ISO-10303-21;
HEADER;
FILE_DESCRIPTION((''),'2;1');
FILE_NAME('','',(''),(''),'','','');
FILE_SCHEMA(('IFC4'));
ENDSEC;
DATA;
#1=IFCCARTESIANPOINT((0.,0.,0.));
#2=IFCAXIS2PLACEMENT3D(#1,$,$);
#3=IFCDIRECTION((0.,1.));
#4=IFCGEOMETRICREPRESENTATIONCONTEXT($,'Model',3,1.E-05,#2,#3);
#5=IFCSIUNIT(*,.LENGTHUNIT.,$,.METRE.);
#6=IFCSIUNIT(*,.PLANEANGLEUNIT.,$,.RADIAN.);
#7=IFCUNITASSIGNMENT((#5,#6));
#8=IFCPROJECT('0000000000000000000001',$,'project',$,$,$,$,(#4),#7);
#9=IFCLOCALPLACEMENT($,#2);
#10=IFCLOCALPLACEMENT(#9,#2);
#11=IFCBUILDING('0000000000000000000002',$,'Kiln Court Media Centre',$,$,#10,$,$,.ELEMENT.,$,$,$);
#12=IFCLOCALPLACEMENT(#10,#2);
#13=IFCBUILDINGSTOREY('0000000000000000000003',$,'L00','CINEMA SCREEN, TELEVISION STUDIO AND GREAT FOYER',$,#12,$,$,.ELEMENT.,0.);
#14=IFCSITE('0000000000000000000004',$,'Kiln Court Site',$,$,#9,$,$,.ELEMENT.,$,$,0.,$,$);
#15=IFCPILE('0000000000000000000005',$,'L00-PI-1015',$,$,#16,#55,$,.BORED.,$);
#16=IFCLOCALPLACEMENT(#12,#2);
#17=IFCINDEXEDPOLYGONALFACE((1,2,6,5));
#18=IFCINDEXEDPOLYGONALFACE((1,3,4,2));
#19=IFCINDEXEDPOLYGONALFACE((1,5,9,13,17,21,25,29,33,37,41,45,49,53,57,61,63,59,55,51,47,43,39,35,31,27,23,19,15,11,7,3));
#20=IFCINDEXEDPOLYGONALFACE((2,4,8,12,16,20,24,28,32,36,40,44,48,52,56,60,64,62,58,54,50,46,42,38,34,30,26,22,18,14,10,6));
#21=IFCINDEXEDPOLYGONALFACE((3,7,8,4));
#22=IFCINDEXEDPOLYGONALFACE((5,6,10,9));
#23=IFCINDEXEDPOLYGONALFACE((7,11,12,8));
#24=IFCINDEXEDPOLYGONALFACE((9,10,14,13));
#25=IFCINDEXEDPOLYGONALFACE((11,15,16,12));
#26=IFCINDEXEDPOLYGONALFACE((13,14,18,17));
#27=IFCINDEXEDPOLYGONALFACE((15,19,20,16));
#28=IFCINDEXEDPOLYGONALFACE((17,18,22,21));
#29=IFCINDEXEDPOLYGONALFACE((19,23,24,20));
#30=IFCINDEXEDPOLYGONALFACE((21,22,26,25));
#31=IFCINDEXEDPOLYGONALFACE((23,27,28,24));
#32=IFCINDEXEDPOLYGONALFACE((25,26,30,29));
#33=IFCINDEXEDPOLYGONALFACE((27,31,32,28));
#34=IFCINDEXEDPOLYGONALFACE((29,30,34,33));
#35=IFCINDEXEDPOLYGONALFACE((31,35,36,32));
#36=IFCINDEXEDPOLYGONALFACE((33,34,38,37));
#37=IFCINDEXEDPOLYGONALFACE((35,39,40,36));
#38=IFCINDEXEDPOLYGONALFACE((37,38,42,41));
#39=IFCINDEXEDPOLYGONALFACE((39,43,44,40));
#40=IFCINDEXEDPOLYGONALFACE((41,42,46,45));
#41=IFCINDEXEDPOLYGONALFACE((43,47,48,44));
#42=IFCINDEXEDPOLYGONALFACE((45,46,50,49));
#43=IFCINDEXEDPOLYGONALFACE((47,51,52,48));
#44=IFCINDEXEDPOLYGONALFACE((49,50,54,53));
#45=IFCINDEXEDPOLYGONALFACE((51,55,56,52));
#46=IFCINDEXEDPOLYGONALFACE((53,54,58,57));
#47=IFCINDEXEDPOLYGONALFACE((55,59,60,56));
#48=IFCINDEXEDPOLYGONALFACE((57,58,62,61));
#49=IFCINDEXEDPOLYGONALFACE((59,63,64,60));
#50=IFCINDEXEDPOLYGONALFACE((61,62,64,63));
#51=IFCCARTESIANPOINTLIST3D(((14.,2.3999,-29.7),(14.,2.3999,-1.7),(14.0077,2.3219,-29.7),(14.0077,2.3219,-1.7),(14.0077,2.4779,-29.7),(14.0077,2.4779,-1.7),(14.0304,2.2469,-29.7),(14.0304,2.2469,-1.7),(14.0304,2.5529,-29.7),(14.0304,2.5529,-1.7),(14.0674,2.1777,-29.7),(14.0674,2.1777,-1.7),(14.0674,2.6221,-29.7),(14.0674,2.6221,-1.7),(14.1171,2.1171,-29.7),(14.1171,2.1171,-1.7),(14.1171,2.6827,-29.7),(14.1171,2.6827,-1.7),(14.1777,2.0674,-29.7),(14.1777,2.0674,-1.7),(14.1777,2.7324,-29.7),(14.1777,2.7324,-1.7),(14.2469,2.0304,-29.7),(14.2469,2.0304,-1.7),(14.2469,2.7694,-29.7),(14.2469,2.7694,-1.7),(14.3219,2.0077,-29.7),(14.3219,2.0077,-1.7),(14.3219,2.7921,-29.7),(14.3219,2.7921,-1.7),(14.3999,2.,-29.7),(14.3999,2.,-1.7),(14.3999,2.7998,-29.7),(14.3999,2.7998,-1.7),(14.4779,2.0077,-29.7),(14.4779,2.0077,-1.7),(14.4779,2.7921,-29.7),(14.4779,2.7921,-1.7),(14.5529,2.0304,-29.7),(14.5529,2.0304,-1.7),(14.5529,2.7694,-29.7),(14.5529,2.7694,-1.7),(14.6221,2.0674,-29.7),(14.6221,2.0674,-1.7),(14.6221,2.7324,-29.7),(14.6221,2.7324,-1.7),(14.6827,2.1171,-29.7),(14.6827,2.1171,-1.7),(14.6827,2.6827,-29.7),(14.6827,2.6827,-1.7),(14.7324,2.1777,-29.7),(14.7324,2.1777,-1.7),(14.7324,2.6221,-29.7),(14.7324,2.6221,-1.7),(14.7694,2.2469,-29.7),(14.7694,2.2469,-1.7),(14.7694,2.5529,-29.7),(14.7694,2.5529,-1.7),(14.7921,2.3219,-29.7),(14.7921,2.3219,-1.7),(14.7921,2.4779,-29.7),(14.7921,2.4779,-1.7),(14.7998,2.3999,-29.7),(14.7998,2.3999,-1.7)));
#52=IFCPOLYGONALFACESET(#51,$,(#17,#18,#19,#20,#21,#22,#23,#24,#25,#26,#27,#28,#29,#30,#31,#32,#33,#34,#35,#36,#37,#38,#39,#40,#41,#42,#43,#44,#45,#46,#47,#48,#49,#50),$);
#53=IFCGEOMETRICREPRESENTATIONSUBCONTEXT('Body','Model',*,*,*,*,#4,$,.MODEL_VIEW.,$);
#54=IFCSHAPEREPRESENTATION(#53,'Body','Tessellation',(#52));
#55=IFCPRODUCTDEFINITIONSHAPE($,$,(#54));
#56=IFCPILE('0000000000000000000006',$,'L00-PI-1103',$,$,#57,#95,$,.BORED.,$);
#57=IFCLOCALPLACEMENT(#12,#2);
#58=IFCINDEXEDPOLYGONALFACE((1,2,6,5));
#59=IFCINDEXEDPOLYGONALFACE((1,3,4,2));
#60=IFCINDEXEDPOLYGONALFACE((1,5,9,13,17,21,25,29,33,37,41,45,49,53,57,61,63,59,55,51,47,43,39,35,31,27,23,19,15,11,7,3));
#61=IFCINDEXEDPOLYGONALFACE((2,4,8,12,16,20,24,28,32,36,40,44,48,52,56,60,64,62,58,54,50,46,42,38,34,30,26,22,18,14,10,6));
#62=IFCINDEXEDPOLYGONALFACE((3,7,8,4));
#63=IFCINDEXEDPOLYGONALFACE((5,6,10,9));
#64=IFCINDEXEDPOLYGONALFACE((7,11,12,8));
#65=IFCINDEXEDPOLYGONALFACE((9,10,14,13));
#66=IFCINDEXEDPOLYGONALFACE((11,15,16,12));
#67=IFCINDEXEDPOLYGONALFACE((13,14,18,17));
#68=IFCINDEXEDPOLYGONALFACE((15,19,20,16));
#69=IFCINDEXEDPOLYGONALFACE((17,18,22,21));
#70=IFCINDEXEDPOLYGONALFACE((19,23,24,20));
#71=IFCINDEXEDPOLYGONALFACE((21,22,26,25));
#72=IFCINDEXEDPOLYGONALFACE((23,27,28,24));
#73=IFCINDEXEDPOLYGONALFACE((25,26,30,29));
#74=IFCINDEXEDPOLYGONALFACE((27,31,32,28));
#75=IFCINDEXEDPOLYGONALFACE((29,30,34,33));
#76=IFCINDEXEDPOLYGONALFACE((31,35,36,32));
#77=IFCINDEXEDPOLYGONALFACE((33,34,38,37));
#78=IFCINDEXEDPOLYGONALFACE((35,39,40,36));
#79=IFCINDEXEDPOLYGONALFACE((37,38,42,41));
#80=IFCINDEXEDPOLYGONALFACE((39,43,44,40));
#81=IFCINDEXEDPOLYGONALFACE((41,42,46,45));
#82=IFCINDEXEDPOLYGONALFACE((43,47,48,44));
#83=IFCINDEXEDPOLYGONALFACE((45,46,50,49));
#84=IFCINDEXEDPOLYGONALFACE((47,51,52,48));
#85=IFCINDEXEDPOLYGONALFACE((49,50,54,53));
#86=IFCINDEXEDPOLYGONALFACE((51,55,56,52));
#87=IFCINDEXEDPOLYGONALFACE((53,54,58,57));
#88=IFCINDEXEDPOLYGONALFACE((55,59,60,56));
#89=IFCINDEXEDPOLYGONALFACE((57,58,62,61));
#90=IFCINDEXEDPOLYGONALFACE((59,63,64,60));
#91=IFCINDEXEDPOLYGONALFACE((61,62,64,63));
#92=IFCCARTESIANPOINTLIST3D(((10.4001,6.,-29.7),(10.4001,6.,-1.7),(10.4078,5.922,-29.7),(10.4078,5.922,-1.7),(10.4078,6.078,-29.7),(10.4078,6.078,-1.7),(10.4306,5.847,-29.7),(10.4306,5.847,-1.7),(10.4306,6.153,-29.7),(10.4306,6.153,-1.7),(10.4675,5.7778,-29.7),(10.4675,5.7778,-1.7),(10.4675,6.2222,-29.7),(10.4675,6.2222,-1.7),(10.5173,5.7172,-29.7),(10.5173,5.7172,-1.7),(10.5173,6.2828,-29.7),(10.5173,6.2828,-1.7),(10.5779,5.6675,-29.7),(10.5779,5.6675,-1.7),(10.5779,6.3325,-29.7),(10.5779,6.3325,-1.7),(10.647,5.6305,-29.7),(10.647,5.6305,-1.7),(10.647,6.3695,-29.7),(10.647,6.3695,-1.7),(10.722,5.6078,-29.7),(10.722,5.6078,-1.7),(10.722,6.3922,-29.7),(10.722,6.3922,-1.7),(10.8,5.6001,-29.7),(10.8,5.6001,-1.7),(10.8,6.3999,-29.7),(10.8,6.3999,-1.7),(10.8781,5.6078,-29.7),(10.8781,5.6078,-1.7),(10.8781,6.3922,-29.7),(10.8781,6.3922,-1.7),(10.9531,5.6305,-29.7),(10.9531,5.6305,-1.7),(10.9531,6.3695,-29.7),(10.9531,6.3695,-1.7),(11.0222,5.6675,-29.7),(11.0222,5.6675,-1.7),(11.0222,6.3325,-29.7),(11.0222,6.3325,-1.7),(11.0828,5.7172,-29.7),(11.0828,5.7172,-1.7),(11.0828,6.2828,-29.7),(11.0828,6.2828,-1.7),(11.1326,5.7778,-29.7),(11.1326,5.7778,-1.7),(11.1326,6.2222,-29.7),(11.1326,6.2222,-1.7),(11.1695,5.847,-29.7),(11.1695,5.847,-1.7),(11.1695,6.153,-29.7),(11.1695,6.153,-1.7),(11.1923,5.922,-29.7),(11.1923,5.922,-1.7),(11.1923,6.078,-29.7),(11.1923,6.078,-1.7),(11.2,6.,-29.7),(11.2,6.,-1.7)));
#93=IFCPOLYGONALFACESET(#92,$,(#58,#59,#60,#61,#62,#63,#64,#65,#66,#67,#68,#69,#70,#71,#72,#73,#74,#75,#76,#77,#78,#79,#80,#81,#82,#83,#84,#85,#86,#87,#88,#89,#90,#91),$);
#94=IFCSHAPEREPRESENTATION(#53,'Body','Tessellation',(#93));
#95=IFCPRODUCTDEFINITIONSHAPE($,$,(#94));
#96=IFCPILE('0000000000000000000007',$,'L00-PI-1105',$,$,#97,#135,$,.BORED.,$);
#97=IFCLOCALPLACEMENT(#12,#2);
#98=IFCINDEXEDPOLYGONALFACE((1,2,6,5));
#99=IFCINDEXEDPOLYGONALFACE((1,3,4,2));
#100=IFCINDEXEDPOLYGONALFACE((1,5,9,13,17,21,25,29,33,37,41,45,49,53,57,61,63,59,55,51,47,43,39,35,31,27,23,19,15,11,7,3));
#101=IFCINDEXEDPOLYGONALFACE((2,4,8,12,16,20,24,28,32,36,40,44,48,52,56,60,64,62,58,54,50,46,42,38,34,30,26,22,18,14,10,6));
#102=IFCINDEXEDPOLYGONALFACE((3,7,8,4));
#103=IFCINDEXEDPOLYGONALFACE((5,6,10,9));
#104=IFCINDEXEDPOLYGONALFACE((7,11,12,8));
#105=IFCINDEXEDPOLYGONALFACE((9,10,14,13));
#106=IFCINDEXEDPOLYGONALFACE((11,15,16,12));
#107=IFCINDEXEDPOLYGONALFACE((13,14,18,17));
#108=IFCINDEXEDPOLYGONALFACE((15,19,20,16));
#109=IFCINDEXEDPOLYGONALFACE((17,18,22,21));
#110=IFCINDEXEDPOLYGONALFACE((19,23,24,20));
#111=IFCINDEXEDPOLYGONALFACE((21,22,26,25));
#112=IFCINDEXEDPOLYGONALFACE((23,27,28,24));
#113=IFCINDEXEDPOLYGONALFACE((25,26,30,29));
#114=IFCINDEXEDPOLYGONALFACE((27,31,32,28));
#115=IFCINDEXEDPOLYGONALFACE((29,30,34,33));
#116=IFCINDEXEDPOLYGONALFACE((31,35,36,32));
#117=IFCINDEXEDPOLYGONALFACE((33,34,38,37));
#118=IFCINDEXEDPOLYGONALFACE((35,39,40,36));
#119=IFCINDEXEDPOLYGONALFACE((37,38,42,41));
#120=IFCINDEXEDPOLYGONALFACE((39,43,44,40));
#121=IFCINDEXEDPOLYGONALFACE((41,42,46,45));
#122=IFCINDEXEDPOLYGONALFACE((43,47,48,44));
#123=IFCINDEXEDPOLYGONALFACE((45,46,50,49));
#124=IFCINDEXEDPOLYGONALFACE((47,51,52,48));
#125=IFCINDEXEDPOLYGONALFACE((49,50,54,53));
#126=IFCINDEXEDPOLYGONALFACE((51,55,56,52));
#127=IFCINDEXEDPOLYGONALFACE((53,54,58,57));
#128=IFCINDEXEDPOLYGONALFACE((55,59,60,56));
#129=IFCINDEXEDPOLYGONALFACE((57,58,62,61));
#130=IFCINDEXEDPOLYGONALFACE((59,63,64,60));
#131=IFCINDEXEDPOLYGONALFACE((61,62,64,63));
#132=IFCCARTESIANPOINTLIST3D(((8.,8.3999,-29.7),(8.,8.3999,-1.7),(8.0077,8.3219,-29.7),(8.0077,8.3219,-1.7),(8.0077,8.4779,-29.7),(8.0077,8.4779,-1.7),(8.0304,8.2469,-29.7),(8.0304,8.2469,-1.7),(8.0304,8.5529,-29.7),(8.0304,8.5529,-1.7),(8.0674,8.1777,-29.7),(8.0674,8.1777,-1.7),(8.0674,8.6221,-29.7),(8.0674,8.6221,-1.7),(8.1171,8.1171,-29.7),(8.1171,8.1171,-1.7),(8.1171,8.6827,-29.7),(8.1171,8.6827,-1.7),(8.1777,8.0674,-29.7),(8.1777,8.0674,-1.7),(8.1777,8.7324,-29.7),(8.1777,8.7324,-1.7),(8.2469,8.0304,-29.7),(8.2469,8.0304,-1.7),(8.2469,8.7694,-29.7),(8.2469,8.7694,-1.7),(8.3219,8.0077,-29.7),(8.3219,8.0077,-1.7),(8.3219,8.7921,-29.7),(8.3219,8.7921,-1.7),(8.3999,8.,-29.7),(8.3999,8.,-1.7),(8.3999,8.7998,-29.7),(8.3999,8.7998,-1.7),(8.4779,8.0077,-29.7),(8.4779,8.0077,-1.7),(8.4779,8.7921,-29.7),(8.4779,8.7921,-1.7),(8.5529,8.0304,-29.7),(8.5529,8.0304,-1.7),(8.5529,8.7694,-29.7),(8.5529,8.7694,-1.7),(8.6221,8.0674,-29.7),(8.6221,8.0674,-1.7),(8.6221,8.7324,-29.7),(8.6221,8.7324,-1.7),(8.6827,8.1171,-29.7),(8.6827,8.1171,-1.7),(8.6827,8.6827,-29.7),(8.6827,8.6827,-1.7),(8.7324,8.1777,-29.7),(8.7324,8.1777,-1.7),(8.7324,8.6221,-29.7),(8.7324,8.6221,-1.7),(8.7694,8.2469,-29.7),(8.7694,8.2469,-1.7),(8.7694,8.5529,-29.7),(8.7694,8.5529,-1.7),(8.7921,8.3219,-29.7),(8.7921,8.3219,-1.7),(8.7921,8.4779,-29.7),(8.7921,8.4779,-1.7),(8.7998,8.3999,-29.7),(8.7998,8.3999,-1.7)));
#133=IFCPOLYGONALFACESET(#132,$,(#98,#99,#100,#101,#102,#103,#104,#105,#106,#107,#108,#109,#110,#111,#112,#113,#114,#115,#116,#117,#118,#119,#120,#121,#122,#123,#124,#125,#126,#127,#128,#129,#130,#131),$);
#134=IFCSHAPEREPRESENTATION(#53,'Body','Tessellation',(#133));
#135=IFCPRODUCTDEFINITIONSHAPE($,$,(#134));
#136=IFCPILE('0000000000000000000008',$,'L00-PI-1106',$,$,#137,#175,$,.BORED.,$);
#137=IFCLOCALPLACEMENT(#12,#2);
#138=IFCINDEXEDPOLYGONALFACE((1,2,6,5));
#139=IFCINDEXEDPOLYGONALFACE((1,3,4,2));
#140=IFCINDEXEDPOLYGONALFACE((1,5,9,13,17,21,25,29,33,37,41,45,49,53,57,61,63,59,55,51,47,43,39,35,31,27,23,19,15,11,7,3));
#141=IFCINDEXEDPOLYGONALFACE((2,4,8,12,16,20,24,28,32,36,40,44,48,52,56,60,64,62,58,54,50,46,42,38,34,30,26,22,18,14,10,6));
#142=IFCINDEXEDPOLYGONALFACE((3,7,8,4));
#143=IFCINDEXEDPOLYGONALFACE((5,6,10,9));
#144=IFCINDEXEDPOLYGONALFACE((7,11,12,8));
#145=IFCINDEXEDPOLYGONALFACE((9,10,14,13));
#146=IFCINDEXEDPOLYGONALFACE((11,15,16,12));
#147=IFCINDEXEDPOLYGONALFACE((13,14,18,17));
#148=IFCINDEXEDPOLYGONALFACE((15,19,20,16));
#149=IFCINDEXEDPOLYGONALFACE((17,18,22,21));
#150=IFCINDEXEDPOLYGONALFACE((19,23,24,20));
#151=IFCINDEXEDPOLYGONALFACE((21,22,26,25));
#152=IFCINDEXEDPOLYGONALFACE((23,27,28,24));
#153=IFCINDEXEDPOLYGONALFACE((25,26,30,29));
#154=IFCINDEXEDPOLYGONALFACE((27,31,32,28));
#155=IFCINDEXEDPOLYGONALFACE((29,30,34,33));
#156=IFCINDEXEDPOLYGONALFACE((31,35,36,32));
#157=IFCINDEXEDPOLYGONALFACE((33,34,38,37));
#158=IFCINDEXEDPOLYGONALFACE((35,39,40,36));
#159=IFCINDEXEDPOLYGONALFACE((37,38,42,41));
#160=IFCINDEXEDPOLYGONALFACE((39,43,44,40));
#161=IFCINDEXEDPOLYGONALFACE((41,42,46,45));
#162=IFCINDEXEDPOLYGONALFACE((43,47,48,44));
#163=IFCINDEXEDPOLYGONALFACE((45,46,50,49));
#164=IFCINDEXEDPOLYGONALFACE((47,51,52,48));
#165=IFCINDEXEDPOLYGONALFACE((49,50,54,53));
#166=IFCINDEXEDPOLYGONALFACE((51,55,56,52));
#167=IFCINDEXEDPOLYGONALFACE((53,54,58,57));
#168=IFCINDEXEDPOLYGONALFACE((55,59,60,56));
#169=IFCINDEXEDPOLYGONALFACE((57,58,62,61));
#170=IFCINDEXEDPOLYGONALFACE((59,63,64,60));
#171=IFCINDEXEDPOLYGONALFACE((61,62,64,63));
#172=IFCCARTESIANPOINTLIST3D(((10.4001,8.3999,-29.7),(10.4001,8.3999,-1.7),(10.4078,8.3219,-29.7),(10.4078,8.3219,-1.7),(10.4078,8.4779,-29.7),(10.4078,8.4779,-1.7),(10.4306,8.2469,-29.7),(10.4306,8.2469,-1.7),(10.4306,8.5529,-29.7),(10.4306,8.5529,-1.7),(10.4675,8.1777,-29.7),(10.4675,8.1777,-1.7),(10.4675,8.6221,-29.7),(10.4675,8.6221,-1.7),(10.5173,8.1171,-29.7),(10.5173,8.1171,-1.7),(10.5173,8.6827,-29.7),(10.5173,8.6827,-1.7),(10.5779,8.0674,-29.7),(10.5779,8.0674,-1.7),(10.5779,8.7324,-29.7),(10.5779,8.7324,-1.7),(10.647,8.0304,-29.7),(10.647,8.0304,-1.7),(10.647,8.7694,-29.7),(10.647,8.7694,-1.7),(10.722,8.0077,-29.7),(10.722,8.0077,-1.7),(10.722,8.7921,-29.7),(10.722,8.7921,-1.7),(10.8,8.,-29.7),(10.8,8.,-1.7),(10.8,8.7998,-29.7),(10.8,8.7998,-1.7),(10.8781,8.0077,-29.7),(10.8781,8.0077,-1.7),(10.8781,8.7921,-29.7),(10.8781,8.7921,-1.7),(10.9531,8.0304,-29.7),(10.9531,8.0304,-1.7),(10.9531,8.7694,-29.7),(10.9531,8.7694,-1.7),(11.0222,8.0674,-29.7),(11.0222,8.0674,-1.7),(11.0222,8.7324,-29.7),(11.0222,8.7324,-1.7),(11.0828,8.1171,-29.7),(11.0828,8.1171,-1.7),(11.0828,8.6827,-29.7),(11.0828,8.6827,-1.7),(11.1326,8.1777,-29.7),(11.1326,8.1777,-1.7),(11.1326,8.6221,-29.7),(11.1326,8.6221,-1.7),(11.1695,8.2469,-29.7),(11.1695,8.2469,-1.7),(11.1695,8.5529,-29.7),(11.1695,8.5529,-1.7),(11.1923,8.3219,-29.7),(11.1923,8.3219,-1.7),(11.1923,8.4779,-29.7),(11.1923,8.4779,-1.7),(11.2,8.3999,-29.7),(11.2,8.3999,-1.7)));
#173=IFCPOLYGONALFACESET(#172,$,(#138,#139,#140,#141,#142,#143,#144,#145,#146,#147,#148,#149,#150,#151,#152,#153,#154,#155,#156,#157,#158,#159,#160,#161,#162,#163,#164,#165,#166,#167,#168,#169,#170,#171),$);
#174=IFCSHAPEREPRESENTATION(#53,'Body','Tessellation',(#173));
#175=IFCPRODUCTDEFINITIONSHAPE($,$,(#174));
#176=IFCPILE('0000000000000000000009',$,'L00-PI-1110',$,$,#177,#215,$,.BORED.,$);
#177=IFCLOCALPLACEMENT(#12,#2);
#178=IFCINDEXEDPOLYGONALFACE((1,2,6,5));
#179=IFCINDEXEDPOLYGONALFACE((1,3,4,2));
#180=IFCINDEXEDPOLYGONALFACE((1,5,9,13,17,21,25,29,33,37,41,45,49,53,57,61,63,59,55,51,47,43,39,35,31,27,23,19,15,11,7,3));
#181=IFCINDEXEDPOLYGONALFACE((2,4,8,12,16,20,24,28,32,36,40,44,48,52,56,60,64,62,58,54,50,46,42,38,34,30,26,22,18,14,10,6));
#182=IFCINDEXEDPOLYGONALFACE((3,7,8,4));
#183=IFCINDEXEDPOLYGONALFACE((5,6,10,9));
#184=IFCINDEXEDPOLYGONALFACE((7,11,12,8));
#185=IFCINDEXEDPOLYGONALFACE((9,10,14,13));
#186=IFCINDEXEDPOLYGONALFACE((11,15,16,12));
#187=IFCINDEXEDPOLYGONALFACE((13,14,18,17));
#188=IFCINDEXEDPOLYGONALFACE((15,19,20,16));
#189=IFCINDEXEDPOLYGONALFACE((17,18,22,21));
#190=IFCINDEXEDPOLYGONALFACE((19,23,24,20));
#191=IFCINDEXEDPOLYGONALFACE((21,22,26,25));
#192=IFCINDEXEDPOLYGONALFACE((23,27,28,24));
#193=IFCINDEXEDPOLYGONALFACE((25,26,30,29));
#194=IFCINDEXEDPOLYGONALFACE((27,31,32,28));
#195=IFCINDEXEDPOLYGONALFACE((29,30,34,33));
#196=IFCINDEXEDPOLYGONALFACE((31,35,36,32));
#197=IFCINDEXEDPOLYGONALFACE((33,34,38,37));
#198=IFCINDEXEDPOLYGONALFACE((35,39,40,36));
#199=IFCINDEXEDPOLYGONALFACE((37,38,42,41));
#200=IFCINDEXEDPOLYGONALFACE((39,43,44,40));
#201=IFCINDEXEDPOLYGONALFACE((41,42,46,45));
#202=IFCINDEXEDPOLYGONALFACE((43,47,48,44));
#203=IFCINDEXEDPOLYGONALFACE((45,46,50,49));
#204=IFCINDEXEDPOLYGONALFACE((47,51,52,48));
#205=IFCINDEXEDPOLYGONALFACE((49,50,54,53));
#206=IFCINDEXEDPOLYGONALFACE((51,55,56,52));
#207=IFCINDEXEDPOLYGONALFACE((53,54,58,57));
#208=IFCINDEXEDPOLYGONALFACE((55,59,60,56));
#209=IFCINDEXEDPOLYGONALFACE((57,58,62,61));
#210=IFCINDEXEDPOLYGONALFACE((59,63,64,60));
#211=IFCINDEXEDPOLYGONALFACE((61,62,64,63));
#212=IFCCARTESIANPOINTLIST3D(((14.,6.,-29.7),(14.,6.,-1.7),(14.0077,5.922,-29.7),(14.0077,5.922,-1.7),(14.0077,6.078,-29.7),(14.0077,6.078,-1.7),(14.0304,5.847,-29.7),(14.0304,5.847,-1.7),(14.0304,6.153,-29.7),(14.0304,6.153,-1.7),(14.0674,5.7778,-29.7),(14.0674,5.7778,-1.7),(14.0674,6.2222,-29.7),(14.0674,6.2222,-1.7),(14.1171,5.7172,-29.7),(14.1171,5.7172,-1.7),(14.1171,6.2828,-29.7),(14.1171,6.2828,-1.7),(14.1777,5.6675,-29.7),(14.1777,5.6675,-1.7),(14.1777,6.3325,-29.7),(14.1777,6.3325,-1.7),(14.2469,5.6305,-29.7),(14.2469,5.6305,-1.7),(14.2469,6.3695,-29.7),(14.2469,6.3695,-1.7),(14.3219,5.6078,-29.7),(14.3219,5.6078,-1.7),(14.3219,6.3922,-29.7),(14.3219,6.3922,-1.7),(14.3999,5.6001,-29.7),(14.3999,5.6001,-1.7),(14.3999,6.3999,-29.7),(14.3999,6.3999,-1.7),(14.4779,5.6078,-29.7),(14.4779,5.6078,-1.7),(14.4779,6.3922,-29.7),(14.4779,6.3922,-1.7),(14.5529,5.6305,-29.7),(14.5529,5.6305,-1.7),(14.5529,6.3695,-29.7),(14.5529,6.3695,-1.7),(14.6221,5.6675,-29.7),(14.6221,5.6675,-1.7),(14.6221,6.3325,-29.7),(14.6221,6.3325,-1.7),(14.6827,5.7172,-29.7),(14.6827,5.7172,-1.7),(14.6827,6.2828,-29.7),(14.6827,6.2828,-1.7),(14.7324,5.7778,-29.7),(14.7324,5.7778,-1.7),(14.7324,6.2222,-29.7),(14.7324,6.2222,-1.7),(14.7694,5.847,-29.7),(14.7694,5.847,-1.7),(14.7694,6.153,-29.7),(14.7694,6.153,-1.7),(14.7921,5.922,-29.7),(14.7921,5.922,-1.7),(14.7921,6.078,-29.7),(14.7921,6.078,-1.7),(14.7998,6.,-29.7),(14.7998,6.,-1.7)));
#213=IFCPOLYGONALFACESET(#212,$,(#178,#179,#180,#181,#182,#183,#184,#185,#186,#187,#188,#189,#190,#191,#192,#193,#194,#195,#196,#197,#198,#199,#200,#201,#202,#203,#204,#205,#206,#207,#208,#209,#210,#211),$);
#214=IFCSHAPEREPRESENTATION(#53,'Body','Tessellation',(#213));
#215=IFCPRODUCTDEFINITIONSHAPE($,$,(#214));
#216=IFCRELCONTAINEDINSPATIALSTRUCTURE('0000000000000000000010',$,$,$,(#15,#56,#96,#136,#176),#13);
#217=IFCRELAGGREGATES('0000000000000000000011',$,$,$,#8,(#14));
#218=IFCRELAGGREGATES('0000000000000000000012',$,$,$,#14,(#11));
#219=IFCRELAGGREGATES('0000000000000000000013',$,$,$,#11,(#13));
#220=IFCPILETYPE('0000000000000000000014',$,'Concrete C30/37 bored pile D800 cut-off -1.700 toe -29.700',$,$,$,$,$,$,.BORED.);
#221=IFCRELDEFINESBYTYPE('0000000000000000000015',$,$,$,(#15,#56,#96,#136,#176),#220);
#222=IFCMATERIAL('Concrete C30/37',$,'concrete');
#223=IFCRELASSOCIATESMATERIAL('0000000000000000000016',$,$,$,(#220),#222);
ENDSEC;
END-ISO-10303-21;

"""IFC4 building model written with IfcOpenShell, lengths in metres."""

from ifc_helpers import new_model, si_unit, direction, frame, origin, origin_2d, place, context, subcontext, project, spatial, circle, extrude, material, material_profile, profile_set, type_object, element, save


model = new_model("IFC4")

# Units and contexts
model_context = context("Model", 3, precision=1e-05, world=origin(), true_north=direction((0.0, 1.0)))
body_context = subcontext(model_context, "Body", "Model", "MODEL_VIEW")
ifc_project = project(units=[si_unit("LENGTHUNIT", "METRE"), si_unit("PLANEANGLEUNIT", "RADIAN")], contexts=[model_context])

# Site, building, storey
site_placement = place(None, origin())
site = spatial("IfcSite", under=ifc_project, at=site_placement, Name="Kiln Court Site", CompositionType="ELEMENT", RefElevation=0.0)
building_placement = place(site_placement, origin())
building = spatial("IfcBuilding", under=site, at=building_placement, Name="Kiln Court Media Centre", CompositionType="ELEMENT")
storey_placement = place(building_placement, origin())
storey = spatial("IfcBuildingStorey", under=building, at=storey_placement, Name="L00", Description="CINEMA SCREEN, TELEVISION STUDIO AND GREAT FOYER", CompositionType="ELEMENT", Elevation=0.0)

# Piles
ifc_material_1 = material(Name="Concrete C30/37", Category="concrete")
ifc_material_profile_1 = material_profile(ifc_material_1, circle(Radius=0.3999, at=origin_2d()), Name="PILE D800")
ifc_profile_set_1 = profile_set([ifc_material_profile_1], Name="Concrete C30/37")
pile_type = type_object("IfcPileType", Name="Concrete C30/37 bored pile D800 cut-off -1.700 toe -29.700", PredefinedType="BORED", material=ifc_profile_set_1)
for number, where, z_axis, x_axis, name in (
    (1, (14.3999, 2.3999, -1.7), (0.0, 0.0, -1.0), (1.0, 0.0, 0.0), "L00-PI-1015"),
    (2, (10.8, 6.0, -1.7), (0.0, 0.0, -1.0), (1.0, 0.0, 0.0), "L00-PI-1103"),
    (3, (8.3999, 8.3999, -1.7), (0.0, 0.0, -1.0), (1.0, 0.0, 0.0), "L00-PI-1105"),
    (4, (10.8, 8.3999, -1.7), (0.0, 0.0, -1.0), (1.0, 0.0, 0.0), "L00-PI-1106"),
    (5, (14.3999, 6.0, -1.7), (0.0, 0.0, -1.0), (1.0, 0.0, 0.0), "L00-PI-1110"),
):
    element("IfcPile", number, at=place(storey_placement, frame(where, z_axis=z_axis, x_axis=x_axis)), inside=storey, type_object=pile_type, Name=name, PredefinedType="BORED", context=body_context, shape_type="SweptSolid", body=[
        extrude(circle(Radius=0.3999, at=origin_2d()), origin(), (0.0, 0.0, 1.0), 28.0),
    ])

save(model, "model.ifc")
